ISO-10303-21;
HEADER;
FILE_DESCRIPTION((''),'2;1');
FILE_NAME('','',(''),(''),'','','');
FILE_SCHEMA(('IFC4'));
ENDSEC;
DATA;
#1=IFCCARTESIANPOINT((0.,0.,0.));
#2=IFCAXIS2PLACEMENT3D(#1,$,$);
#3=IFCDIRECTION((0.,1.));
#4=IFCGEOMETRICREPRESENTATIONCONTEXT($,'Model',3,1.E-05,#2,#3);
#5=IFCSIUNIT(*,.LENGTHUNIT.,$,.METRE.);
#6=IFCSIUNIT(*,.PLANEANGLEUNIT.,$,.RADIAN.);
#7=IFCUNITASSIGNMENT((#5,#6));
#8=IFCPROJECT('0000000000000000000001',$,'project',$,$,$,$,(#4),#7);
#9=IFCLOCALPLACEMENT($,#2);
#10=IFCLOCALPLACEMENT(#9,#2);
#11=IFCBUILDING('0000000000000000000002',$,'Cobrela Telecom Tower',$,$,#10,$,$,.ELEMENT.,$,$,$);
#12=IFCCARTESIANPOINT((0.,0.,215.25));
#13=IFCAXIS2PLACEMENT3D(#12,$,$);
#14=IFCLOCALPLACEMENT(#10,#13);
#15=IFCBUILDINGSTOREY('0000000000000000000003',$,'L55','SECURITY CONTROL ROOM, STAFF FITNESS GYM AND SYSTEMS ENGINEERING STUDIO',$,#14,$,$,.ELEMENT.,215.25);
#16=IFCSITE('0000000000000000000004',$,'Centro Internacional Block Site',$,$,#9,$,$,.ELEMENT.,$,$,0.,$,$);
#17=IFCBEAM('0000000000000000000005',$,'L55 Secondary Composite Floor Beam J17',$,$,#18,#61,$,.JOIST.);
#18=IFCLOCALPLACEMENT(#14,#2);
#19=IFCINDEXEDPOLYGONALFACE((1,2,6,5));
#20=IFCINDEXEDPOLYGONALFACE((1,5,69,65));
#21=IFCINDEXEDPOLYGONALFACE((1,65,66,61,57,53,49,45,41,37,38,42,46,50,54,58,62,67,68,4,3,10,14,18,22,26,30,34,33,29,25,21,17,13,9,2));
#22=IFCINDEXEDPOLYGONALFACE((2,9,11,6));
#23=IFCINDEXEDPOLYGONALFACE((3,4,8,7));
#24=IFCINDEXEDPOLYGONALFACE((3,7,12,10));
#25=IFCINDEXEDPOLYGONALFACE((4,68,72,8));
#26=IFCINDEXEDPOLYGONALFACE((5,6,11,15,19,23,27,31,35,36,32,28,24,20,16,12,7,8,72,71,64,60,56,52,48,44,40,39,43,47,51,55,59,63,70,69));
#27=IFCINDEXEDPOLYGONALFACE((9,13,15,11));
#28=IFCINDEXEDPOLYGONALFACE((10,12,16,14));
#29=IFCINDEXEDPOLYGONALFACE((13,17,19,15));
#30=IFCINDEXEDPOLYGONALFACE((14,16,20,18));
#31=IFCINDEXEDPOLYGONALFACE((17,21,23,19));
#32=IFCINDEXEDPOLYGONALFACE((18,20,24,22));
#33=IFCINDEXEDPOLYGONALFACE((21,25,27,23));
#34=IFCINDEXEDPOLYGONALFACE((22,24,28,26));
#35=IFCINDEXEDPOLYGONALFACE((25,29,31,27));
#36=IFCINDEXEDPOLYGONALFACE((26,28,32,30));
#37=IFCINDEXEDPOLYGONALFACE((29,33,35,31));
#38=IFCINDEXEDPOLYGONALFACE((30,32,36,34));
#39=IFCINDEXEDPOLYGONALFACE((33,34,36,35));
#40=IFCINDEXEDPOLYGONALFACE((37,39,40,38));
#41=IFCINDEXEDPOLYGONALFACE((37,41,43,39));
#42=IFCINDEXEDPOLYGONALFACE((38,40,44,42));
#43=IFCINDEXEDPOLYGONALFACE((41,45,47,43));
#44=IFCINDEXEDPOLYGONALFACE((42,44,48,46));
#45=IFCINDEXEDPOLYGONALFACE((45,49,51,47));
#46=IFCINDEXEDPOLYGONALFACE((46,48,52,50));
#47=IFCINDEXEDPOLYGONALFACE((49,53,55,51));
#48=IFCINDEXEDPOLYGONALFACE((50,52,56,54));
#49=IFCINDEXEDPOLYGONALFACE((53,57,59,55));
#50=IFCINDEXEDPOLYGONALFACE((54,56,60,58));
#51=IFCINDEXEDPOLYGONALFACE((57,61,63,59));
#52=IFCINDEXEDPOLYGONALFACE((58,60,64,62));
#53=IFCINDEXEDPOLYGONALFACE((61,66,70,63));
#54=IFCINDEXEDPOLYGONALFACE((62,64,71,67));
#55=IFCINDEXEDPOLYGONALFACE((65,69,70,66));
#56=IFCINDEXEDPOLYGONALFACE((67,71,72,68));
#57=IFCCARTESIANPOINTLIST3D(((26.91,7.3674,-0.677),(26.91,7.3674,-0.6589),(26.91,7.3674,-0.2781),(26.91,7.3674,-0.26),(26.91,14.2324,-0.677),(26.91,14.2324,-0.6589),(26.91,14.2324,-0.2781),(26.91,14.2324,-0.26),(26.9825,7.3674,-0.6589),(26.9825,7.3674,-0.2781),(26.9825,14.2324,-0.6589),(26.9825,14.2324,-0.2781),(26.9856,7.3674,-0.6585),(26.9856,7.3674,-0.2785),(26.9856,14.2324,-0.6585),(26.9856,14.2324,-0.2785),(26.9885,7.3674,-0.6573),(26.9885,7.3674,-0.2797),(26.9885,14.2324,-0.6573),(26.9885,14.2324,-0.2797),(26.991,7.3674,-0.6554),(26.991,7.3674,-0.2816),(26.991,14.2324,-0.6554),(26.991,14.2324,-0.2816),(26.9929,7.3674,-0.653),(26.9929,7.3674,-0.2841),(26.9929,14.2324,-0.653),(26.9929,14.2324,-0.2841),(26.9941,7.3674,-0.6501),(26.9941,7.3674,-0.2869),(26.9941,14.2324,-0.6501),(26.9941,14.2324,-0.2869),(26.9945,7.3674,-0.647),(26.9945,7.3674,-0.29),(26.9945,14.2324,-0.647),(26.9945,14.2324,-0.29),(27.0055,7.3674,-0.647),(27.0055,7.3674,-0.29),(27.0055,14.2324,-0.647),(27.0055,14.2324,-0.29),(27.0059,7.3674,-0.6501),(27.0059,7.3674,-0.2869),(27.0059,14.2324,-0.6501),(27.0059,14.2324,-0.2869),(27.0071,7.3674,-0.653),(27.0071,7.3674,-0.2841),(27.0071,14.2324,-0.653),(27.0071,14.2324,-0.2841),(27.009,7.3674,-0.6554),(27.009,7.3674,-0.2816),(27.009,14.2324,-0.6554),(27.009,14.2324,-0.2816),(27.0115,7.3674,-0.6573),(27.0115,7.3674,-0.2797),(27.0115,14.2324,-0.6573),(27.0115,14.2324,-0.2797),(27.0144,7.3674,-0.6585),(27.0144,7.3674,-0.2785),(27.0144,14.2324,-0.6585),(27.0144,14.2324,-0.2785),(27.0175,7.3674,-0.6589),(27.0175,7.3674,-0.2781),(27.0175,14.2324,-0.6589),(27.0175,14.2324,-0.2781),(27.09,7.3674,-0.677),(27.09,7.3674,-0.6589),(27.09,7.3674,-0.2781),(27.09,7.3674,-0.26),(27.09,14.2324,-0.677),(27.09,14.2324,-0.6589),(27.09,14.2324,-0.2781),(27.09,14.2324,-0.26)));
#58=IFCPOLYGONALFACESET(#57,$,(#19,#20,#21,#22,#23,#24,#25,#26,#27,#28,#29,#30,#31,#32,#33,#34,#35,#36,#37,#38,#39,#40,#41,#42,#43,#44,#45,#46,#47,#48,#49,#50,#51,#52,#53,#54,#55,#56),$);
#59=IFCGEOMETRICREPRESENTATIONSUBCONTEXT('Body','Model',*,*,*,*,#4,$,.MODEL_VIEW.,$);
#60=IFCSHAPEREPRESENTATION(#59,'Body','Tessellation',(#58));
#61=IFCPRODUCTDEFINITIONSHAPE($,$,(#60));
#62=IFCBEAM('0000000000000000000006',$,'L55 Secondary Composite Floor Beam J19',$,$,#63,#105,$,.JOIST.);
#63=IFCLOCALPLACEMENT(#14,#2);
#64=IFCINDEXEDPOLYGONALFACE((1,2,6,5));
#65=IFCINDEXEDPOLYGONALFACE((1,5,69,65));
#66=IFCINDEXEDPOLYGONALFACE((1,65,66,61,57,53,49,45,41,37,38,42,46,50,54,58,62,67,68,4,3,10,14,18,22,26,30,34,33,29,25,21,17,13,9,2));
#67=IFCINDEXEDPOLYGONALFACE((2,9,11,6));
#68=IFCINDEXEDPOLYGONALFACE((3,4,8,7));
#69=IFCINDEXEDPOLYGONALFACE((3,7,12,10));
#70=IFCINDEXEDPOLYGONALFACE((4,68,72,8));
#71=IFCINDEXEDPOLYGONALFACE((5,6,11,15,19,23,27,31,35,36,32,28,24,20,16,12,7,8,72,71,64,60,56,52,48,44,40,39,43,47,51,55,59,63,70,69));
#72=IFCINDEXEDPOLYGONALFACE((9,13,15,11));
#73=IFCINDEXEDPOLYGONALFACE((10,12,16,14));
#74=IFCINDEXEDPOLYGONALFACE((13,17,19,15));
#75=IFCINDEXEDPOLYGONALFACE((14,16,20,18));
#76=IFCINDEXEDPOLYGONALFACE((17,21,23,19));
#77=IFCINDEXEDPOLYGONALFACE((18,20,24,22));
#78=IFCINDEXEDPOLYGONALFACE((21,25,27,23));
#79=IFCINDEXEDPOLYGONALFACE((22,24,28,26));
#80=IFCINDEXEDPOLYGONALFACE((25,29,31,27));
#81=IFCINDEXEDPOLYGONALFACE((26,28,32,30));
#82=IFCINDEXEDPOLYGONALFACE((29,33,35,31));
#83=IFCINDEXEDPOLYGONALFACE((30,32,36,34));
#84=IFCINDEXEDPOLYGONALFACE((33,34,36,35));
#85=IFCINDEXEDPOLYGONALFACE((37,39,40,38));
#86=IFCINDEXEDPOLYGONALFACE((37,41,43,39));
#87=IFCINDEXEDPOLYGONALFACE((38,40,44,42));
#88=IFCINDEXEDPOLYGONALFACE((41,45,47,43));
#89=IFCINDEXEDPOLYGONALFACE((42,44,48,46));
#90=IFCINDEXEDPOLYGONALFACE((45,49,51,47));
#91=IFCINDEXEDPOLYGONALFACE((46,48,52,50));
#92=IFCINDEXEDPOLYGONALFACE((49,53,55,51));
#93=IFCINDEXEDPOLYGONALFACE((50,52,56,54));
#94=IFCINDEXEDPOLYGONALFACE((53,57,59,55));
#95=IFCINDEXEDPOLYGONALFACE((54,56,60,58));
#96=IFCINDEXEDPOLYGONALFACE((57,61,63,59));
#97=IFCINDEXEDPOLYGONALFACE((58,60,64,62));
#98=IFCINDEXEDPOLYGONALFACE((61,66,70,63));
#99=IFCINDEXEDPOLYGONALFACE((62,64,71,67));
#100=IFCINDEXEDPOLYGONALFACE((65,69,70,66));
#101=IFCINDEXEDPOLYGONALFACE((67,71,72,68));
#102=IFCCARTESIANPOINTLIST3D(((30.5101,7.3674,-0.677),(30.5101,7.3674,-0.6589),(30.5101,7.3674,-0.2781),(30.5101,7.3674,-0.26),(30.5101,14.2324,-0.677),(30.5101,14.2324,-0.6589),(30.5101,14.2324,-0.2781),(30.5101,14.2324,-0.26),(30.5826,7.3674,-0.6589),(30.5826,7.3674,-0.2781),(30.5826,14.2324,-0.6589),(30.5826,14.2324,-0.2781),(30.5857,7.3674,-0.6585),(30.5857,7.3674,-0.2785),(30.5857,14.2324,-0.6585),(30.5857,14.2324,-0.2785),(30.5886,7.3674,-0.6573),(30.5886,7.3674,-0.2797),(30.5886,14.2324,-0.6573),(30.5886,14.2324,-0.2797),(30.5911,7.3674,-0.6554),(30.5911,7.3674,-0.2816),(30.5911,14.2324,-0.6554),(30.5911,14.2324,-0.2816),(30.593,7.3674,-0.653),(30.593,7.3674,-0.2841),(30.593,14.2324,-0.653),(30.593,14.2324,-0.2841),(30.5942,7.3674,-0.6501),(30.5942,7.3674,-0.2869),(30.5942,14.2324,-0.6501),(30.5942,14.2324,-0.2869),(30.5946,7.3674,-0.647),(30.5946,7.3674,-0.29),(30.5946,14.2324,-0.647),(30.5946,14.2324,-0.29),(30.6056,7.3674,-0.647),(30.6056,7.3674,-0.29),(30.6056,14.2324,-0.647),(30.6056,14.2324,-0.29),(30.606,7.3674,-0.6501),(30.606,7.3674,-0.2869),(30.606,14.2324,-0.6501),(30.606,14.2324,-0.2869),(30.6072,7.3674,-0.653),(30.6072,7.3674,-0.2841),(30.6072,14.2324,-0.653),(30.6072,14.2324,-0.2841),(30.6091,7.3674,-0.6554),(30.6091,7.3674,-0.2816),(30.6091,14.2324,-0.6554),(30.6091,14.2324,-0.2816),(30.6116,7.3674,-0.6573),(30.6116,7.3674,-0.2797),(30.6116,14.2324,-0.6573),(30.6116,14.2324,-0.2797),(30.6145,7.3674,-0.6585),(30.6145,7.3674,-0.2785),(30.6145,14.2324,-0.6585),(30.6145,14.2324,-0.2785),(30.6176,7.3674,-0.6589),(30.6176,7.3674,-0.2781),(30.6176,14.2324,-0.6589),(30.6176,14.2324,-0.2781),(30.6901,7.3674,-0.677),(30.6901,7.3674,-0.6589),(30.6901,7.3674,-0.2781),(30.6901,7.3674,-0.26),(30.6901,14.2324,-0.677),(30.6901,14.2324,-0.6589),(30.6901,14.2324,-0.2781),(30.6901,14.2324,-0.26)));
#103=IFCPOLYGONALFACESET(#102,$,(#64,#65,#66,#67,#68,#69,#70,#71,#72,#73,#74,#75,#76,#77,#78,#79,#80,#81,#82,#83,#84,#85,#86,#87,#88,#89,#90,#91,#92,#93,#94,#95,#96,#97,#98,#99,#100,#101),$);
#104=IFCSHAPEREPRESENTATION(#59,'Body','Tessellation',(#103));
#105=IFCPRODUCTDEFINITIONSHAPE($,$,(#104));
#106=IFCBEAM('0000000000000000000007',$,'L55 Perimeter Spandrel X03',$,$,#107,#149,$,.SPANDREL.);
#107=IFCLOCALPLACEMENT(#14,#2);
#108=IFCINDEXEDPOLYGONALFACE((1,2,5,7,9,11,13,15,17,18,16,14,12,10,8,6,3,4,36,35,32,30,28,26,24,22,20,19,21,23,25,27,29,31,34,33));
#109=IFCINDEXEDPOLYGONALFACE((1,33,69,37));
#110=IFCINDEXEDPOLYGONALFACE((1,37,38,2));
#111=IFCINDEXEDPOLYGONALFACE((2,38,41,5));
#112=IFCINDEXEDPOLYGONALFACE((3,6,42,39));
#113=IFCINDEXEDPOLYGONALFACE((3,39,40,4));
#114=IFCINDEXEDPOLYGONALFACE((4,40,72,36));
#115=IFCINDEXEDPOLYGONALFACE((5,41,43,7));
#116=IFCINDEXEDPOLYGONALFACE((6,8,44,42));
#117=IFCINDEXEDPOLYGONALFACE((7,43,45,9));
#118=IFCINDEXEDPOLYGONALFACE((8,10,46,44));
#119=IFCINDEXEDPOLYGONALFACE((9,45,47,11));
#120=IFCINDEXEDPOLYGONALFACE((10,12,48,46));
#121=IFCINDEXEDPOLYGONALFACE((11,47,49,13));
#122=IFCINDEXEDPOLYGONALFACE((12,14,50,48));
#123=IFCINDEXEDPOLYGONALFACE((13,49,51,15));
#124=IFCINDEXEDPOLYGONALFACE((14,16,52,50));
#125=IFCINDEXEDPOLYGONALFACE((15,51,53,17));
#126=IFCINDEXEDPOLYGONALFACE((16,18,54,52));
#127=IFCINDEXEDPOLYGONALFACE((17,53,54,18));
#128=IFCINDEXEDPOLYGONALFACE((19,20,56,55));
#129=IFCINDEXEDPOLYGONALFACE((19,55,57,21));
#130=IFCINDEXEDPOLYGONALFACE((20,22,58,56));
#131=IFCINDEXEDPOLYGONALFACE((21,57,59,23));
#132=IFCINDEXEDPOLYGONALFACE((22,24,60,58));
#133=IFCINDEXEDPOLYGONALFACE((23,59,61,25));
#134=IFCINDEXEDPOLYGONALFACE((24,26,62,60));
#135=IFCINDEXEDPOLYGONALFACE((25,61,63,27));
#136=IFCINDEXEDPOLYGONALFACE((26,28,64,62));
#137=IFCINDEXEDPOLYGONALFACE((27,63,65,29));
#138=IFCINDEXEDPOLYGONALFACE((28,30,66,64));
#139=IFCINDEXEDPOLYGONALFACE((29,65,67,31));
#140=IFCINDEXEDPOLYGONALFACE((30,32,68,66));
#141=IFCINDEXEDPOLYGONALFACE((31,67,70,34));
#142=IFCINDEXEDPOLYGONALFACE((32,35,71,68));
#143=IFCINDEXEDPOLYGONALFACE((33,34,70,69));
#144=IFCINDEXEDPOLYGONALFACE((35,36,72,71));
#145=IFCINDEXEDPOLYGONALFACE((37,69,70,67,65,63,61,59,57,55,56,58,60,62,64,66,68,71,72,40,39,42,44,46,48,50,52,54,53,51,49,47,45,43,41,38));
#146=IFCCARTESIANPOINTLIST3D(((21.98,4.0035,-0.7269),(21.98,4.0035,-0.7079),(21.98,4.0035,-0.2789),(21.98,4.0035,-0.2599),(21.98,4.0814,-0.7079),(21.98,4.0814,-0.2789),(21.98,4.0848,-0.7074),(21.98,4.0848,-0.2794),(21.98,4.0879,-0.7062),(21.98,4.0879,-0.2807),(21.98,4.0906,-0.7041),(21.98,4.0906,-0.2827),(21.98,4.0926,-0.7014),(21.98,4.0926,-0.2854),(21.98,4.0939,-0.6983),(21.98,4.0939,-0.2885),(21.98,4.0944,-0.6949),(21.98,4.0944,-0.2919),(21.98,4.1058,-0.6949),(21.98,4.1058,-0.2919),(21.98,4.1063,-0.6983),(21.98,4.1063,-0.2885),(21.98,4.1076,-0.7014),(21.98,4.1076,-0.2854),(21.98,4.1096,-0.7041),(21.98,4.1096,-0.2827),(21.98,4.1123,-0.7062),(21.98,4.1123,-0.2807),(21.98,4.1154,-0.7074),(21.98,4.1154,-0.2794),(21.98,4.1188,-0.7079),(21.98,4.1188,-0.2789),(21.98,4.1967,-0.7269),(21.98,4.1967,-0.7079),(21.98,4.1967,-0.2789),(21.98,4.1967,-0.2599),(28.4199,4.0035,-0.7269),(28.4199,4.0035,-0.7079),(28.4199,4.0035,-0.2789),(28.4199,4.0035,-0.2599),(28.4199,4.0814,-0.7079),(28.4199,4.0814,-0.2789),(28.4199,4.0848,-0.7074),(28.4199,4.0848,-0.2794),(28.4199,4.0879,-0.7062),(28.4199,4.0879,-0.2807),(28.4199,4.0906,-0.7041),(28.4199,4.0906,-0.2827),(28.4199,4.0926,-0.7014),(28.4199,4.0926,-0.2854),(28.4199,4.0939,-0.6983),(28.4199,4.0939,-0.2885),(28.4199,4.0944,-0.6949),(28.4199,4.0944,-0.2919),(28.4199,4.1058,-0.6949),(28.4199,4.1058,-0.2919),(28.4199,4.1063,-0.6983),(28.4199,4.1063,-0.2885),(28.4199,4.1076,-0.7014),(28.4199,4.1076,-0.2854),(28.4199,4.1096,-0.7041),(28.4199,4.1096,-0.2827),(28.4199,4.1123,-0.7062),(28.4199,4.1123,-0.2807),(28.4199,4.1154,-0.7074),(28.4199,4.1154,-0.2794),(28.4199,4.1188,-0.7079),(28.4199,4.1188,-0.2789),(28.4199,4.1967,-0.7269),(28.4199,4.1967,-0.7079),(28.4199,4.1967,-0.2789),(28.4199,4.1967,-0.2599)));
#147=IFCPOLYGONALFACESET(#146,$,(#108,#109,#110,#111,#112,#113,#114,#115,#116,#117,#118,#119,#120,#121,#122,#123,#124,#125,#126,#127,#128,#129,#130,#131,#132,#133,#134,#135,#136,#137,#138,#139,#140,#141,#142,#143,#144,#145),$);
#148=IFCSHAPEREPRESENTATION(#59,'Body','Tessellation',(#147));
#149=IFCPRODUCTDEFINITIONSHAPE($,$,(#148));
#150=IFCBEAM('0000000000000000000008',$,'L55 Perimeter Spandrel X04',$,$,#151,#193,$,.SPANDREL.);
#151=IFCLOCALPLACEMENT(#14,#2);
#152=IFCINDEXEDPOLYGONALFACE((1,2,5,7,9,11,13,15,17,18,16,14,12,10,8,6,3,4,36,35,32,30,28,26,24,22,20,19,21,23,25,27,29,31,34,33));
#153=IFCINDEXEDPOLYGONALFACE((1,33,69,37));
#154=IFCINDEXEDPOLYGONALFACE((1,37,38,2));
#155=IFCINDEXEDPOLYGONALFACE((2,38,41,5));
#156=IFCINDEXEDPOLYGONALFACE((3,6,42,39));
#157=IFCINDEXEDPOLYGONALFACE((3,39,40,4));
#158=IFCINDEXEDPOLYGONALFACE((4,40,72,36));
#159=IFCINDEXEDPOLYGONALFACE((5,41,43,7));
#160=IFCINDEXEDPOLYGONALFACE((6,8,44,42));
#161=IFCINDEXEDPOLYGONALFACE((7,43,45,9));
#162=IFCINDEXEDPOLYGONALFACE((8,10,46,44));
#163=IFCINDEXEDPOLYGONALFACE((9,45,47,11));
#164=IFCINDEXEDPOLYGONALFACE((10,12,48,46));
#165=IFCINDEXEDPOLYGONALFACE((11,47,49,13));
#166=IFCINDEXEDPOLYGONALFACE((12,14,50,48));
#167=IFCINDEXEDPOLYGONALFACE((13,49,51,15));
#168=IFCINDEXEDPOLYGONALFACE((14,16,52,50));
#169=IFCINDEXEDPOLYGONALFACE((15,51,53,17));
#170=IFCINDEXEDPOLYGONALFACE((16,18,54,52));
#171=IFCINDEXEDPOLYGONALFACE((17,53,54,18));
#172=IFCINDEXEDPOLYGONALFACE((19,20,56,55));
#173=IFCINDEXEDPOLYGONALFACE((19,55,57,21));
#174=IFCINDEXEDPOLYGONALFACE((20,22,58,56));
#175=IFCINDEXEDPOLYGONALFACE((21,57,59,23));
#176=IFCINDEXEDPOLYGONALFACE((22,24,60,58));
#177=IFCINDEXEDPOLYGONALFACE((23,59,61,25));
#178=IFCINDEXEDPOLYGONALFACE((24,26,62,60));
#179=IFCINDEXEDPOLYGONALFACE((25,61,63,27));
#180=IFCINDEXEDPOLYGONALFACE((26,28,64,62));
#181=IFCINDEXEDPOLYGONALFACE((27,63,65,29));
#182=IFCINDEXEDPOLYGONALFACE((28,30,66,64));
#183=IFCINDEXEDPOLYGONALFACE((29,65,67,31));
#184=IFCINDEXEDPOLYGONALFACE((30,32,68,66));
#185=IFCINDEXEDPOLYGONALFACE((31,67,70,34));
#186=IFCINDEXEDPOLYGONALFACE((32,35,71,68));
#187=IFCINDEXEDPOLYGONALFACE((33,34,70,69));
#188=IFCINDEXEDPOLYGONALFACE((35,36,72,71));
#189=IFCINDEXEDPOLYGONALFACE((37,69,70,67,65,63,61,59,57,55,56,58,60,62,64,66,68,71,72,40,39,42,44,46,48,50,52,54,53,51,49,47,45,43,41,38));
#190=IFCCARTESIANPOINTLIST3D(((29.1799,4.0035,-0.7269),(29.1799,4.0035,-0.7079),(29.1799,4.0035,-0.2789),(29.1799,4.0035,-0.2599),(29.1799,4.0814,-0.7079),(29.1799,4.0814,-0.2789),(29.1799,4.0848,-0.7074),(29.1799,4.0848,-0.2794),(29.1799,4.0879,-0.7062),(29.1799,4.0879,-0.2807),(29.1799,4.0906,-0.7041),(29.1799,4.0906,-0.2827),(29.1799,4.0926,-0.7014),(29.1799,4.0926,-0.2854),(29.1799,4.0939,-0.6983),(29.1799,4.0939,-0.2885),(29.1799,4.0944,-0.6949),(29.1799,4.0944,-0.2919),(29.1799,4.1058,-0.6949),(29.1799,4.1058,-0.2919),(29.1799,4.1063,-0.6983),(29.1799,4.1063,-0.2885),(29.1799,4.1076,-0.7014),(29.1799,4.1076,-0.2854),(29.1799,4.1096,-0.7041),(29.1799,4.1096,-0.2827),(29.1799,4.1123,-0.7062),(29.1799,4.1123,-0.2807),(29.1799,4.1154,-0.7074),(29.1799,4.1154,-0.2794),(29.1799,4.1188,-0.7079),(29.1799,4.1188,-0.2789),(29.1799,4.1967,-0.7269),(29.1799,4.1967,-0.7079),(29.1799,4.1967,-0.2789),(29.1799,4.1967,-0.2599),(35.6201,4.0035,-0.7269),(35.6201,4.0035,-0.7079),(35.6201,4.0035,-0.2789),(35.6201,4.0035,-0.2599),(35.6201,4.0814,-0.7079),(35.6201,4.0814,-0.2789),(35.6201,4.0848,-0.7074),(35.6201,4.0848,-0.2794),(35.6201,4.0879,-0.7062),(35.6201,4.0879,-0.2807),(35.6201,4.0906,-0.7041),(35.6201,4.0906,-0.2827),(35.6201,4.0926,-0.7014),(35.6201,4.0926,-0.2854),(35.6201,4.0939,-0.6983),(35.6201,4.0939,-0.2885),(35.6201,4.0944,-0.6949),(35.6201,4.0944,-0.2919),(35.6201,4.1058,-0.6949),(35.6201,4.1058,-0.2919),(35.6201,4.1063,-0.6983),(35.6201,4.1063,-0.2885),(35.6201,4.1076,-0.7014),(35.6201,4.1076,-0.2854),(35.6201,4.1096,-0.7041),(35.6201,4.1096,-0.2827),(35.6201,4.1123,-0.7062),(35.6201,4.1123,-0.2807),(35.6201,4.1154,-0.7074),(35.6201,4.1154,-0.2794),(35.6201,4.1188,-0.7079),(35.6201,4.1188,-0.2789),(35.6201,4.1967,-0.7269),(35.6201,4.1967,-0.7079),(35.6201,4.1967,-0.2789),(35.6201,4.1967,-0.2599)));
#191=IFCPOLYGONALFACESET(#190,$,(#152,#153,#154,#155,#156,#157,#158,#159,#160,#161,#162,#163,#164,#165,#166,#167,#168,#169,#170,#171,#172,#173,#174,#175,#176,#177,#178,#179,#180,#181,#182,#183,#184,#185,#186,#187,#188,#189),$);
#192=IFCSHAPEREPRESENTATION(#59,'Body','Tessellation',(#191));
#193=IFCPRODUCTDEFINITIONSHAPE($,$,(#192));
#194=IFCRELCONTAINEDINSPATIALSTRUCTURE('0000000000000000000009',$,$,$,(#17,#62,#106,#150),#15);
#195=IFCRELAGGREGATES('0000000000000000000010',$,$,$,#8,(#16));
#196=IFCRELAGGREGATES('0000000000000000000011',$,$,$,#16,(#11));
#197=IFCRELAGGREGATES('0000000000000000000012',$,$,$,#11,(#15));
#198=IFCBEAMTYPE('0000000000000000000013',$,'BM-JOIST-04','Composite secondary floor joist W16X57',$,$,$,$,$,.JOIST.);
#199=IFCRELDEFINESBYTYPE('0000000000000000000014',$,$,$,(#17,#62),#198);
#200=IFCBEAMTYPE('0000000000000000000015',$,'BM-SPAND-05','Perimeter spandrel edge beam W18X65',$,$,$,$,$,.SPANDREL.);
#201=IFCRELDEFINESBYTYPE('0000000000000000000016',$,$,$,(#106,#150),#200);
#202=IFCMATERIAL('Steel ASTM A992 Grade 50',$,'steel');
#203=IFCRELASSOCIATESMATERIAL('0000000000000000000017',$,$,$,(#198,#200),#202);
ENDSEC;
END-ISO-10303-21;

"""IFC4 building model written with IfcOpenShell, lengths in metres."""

from ifc_helpers import new_model, si_unit, direction, frame, origin, origin_2d, place, context, subcontext, project, spatial, i_section, extrude, material, material_profile, profile_set, type_object, element, save


model = new_model("IFC4")

# Units and contexts
model_context = context("Model", 3, precision=1e-05, world=origin(), true_north=direction((0.0, 1.0)))
body_context = subcontext(model_context, "Body", "Model", "MODEL_VIEW")
ifc_project = project(units=[si_unit("LENGTHUNIT", "METRE"), si_unit("PLANEANGLEUNIT", "RADIAN")], contexts=[model_context])

# Site, building, storey
site_placement = place(None, origin())
site = spatial("IfcSite", under=ifc_project, at=site_placement, Name="Centro Internacional Block Site", CompositionType="ELEMENT", RefElevation=0.0)
building_placement = place(site_placement, origin())
building = spatial("IfcBuilding", under=site, at=building_placement, Name="Cobrela Telecom Tower", CompositionType="ELEMENT")
storey_placement = place(building_placement, frame((0.0, 0.0, 215.25)))
storey = spatial("IfcBuildingStorey", under=building, at=storey_placement, Name="L55", Description="SECURITY CONTROL ROOM, STAFF FITNESS GYM AND SYSTEMS ENGINEERING STUDIO", CompositionType="ELEMENT", Elevation=215.25)

# Shared definitions
ifc_material_1 = material(Name="Steel ASTM A992 Grade 50", Category="steel")

# Beams
ifc_material_profile_1 = material_profile(ifc_material_1, i_section(OverallWidth=0.1799, OverallDepth=0.417, WebThickness=0.011, FlangeThickness=0.0181, FilletRadius=0.012, at=origin_2d()), Name="W16X57")
ifc_profile_set_1 = profile_set([ifc_material_profile_1], Name="Steel ASTM A992 Grade 50")
beam_type_1 = type_object("IfcBeamType", Name="BM-JOIST-04", Description="Composite secondary floor joist W16X57", PredefinedType="JOIST", material=ifc_profile_set_1)
for number, where, z_axis, x_axis, name in (
    (1, (27.0, 7.3674, -0.4685), (0.0, 1.0, 0.0), (-1.0, 0.0, 0.0), "L55 Secondary Composite Floor Beam J17"),
    (2, (30.6001, 7.3674, -0.4685), (0.0, 1.0, 0.0), (-1.0, 0.0, 0.0), "L55 Secondary Composite Floor Beam J19"),
):
    element("IfcBeam", number, at=place(storey_placement, frame(where, z_axis=z_axis, x_axis=x_axis)), inside=storey, type_object=beam_type_1, Name=name, PredefinedType="JOIST", context=body_context, shape_type="SweptSolid", body=[
        extrude(i_section(OverallWidth=0.1799, OverallDepth=0.417, WebThickness=0.011, FlangeThickness=0.0181, FilletRadius=0.012, at=origin_2d()), origin(), (0.0, 0.0, 1.0), 6.865),
    ])
ifc_material_profile_2 = material_profile(ifc_material_1, i_section(OverallWidth=0.1931, OverallDepth=0.467, WebThickness=0.0115, FlangeThickness=0.019, FilletRadius=0.0129, at=origin_2d()), Name="W18X65")
ifc_profile_set_2 = profile_set([ifc_material_profile_2], Name="Steel ASTM A992 Grade 50")
beam_type_2 = type_object("IfcBeamType", Name="BM-SPAND-05", Description="Perimeter spandrel edge beam W18X65", PredefinedType="SPANDREL", material=ifc_profile_set_2)
beam_1_placement = place(storey_placement, frame((21.98, 4.1001, -0.4934), z_axis=(1.0, 0.0, 0.0), x_axis=(0.0, 1.0, 0.0)))
element("IfcBeam", 3, at=beam_1_placement, inside=storey, type_object=beam_type_2, Name="L55 Perimeter Spandrel X03", PredefinedType="SPANDREL", context=body_context, shape_type="SweptSolid", body=[
    extrude(i_section(OverallWidth=0.1931, OverallDepth=0.467, WebThickness=0.0115, FlangeThickness=0.019, FilletRadius=0.0129, at=origin_2d()), origin(), (0.0, 0.0, 1.0), 6.4399),
])
beam_2_placement = place(storey_placement, frame((29.1799, 4.1001, -0.4934), z_axis=(1.0, 0.0, 0.0), x_axis=(0.0, 1.0, 0.0)))
element("IfcBeam", 4, at=beam_2_placement, inside=storey, type_object=beam_type_2, Name="L55 Perimeter Spandrel X04", PredefinedType="SPANDREL", context=body_context, shape_type="SweptSolid", body=[
    extrude(i_section(OverallWidth=0.1931, OverallDepth=0.467, WebThickness=0.0115, FlangeThickness=0.019, FilletRadius=0.0129, at=origin_2d()), origin(), (0.0, 0.0, 1.0), 6.4402),
])

save(model, "model.ifc")
